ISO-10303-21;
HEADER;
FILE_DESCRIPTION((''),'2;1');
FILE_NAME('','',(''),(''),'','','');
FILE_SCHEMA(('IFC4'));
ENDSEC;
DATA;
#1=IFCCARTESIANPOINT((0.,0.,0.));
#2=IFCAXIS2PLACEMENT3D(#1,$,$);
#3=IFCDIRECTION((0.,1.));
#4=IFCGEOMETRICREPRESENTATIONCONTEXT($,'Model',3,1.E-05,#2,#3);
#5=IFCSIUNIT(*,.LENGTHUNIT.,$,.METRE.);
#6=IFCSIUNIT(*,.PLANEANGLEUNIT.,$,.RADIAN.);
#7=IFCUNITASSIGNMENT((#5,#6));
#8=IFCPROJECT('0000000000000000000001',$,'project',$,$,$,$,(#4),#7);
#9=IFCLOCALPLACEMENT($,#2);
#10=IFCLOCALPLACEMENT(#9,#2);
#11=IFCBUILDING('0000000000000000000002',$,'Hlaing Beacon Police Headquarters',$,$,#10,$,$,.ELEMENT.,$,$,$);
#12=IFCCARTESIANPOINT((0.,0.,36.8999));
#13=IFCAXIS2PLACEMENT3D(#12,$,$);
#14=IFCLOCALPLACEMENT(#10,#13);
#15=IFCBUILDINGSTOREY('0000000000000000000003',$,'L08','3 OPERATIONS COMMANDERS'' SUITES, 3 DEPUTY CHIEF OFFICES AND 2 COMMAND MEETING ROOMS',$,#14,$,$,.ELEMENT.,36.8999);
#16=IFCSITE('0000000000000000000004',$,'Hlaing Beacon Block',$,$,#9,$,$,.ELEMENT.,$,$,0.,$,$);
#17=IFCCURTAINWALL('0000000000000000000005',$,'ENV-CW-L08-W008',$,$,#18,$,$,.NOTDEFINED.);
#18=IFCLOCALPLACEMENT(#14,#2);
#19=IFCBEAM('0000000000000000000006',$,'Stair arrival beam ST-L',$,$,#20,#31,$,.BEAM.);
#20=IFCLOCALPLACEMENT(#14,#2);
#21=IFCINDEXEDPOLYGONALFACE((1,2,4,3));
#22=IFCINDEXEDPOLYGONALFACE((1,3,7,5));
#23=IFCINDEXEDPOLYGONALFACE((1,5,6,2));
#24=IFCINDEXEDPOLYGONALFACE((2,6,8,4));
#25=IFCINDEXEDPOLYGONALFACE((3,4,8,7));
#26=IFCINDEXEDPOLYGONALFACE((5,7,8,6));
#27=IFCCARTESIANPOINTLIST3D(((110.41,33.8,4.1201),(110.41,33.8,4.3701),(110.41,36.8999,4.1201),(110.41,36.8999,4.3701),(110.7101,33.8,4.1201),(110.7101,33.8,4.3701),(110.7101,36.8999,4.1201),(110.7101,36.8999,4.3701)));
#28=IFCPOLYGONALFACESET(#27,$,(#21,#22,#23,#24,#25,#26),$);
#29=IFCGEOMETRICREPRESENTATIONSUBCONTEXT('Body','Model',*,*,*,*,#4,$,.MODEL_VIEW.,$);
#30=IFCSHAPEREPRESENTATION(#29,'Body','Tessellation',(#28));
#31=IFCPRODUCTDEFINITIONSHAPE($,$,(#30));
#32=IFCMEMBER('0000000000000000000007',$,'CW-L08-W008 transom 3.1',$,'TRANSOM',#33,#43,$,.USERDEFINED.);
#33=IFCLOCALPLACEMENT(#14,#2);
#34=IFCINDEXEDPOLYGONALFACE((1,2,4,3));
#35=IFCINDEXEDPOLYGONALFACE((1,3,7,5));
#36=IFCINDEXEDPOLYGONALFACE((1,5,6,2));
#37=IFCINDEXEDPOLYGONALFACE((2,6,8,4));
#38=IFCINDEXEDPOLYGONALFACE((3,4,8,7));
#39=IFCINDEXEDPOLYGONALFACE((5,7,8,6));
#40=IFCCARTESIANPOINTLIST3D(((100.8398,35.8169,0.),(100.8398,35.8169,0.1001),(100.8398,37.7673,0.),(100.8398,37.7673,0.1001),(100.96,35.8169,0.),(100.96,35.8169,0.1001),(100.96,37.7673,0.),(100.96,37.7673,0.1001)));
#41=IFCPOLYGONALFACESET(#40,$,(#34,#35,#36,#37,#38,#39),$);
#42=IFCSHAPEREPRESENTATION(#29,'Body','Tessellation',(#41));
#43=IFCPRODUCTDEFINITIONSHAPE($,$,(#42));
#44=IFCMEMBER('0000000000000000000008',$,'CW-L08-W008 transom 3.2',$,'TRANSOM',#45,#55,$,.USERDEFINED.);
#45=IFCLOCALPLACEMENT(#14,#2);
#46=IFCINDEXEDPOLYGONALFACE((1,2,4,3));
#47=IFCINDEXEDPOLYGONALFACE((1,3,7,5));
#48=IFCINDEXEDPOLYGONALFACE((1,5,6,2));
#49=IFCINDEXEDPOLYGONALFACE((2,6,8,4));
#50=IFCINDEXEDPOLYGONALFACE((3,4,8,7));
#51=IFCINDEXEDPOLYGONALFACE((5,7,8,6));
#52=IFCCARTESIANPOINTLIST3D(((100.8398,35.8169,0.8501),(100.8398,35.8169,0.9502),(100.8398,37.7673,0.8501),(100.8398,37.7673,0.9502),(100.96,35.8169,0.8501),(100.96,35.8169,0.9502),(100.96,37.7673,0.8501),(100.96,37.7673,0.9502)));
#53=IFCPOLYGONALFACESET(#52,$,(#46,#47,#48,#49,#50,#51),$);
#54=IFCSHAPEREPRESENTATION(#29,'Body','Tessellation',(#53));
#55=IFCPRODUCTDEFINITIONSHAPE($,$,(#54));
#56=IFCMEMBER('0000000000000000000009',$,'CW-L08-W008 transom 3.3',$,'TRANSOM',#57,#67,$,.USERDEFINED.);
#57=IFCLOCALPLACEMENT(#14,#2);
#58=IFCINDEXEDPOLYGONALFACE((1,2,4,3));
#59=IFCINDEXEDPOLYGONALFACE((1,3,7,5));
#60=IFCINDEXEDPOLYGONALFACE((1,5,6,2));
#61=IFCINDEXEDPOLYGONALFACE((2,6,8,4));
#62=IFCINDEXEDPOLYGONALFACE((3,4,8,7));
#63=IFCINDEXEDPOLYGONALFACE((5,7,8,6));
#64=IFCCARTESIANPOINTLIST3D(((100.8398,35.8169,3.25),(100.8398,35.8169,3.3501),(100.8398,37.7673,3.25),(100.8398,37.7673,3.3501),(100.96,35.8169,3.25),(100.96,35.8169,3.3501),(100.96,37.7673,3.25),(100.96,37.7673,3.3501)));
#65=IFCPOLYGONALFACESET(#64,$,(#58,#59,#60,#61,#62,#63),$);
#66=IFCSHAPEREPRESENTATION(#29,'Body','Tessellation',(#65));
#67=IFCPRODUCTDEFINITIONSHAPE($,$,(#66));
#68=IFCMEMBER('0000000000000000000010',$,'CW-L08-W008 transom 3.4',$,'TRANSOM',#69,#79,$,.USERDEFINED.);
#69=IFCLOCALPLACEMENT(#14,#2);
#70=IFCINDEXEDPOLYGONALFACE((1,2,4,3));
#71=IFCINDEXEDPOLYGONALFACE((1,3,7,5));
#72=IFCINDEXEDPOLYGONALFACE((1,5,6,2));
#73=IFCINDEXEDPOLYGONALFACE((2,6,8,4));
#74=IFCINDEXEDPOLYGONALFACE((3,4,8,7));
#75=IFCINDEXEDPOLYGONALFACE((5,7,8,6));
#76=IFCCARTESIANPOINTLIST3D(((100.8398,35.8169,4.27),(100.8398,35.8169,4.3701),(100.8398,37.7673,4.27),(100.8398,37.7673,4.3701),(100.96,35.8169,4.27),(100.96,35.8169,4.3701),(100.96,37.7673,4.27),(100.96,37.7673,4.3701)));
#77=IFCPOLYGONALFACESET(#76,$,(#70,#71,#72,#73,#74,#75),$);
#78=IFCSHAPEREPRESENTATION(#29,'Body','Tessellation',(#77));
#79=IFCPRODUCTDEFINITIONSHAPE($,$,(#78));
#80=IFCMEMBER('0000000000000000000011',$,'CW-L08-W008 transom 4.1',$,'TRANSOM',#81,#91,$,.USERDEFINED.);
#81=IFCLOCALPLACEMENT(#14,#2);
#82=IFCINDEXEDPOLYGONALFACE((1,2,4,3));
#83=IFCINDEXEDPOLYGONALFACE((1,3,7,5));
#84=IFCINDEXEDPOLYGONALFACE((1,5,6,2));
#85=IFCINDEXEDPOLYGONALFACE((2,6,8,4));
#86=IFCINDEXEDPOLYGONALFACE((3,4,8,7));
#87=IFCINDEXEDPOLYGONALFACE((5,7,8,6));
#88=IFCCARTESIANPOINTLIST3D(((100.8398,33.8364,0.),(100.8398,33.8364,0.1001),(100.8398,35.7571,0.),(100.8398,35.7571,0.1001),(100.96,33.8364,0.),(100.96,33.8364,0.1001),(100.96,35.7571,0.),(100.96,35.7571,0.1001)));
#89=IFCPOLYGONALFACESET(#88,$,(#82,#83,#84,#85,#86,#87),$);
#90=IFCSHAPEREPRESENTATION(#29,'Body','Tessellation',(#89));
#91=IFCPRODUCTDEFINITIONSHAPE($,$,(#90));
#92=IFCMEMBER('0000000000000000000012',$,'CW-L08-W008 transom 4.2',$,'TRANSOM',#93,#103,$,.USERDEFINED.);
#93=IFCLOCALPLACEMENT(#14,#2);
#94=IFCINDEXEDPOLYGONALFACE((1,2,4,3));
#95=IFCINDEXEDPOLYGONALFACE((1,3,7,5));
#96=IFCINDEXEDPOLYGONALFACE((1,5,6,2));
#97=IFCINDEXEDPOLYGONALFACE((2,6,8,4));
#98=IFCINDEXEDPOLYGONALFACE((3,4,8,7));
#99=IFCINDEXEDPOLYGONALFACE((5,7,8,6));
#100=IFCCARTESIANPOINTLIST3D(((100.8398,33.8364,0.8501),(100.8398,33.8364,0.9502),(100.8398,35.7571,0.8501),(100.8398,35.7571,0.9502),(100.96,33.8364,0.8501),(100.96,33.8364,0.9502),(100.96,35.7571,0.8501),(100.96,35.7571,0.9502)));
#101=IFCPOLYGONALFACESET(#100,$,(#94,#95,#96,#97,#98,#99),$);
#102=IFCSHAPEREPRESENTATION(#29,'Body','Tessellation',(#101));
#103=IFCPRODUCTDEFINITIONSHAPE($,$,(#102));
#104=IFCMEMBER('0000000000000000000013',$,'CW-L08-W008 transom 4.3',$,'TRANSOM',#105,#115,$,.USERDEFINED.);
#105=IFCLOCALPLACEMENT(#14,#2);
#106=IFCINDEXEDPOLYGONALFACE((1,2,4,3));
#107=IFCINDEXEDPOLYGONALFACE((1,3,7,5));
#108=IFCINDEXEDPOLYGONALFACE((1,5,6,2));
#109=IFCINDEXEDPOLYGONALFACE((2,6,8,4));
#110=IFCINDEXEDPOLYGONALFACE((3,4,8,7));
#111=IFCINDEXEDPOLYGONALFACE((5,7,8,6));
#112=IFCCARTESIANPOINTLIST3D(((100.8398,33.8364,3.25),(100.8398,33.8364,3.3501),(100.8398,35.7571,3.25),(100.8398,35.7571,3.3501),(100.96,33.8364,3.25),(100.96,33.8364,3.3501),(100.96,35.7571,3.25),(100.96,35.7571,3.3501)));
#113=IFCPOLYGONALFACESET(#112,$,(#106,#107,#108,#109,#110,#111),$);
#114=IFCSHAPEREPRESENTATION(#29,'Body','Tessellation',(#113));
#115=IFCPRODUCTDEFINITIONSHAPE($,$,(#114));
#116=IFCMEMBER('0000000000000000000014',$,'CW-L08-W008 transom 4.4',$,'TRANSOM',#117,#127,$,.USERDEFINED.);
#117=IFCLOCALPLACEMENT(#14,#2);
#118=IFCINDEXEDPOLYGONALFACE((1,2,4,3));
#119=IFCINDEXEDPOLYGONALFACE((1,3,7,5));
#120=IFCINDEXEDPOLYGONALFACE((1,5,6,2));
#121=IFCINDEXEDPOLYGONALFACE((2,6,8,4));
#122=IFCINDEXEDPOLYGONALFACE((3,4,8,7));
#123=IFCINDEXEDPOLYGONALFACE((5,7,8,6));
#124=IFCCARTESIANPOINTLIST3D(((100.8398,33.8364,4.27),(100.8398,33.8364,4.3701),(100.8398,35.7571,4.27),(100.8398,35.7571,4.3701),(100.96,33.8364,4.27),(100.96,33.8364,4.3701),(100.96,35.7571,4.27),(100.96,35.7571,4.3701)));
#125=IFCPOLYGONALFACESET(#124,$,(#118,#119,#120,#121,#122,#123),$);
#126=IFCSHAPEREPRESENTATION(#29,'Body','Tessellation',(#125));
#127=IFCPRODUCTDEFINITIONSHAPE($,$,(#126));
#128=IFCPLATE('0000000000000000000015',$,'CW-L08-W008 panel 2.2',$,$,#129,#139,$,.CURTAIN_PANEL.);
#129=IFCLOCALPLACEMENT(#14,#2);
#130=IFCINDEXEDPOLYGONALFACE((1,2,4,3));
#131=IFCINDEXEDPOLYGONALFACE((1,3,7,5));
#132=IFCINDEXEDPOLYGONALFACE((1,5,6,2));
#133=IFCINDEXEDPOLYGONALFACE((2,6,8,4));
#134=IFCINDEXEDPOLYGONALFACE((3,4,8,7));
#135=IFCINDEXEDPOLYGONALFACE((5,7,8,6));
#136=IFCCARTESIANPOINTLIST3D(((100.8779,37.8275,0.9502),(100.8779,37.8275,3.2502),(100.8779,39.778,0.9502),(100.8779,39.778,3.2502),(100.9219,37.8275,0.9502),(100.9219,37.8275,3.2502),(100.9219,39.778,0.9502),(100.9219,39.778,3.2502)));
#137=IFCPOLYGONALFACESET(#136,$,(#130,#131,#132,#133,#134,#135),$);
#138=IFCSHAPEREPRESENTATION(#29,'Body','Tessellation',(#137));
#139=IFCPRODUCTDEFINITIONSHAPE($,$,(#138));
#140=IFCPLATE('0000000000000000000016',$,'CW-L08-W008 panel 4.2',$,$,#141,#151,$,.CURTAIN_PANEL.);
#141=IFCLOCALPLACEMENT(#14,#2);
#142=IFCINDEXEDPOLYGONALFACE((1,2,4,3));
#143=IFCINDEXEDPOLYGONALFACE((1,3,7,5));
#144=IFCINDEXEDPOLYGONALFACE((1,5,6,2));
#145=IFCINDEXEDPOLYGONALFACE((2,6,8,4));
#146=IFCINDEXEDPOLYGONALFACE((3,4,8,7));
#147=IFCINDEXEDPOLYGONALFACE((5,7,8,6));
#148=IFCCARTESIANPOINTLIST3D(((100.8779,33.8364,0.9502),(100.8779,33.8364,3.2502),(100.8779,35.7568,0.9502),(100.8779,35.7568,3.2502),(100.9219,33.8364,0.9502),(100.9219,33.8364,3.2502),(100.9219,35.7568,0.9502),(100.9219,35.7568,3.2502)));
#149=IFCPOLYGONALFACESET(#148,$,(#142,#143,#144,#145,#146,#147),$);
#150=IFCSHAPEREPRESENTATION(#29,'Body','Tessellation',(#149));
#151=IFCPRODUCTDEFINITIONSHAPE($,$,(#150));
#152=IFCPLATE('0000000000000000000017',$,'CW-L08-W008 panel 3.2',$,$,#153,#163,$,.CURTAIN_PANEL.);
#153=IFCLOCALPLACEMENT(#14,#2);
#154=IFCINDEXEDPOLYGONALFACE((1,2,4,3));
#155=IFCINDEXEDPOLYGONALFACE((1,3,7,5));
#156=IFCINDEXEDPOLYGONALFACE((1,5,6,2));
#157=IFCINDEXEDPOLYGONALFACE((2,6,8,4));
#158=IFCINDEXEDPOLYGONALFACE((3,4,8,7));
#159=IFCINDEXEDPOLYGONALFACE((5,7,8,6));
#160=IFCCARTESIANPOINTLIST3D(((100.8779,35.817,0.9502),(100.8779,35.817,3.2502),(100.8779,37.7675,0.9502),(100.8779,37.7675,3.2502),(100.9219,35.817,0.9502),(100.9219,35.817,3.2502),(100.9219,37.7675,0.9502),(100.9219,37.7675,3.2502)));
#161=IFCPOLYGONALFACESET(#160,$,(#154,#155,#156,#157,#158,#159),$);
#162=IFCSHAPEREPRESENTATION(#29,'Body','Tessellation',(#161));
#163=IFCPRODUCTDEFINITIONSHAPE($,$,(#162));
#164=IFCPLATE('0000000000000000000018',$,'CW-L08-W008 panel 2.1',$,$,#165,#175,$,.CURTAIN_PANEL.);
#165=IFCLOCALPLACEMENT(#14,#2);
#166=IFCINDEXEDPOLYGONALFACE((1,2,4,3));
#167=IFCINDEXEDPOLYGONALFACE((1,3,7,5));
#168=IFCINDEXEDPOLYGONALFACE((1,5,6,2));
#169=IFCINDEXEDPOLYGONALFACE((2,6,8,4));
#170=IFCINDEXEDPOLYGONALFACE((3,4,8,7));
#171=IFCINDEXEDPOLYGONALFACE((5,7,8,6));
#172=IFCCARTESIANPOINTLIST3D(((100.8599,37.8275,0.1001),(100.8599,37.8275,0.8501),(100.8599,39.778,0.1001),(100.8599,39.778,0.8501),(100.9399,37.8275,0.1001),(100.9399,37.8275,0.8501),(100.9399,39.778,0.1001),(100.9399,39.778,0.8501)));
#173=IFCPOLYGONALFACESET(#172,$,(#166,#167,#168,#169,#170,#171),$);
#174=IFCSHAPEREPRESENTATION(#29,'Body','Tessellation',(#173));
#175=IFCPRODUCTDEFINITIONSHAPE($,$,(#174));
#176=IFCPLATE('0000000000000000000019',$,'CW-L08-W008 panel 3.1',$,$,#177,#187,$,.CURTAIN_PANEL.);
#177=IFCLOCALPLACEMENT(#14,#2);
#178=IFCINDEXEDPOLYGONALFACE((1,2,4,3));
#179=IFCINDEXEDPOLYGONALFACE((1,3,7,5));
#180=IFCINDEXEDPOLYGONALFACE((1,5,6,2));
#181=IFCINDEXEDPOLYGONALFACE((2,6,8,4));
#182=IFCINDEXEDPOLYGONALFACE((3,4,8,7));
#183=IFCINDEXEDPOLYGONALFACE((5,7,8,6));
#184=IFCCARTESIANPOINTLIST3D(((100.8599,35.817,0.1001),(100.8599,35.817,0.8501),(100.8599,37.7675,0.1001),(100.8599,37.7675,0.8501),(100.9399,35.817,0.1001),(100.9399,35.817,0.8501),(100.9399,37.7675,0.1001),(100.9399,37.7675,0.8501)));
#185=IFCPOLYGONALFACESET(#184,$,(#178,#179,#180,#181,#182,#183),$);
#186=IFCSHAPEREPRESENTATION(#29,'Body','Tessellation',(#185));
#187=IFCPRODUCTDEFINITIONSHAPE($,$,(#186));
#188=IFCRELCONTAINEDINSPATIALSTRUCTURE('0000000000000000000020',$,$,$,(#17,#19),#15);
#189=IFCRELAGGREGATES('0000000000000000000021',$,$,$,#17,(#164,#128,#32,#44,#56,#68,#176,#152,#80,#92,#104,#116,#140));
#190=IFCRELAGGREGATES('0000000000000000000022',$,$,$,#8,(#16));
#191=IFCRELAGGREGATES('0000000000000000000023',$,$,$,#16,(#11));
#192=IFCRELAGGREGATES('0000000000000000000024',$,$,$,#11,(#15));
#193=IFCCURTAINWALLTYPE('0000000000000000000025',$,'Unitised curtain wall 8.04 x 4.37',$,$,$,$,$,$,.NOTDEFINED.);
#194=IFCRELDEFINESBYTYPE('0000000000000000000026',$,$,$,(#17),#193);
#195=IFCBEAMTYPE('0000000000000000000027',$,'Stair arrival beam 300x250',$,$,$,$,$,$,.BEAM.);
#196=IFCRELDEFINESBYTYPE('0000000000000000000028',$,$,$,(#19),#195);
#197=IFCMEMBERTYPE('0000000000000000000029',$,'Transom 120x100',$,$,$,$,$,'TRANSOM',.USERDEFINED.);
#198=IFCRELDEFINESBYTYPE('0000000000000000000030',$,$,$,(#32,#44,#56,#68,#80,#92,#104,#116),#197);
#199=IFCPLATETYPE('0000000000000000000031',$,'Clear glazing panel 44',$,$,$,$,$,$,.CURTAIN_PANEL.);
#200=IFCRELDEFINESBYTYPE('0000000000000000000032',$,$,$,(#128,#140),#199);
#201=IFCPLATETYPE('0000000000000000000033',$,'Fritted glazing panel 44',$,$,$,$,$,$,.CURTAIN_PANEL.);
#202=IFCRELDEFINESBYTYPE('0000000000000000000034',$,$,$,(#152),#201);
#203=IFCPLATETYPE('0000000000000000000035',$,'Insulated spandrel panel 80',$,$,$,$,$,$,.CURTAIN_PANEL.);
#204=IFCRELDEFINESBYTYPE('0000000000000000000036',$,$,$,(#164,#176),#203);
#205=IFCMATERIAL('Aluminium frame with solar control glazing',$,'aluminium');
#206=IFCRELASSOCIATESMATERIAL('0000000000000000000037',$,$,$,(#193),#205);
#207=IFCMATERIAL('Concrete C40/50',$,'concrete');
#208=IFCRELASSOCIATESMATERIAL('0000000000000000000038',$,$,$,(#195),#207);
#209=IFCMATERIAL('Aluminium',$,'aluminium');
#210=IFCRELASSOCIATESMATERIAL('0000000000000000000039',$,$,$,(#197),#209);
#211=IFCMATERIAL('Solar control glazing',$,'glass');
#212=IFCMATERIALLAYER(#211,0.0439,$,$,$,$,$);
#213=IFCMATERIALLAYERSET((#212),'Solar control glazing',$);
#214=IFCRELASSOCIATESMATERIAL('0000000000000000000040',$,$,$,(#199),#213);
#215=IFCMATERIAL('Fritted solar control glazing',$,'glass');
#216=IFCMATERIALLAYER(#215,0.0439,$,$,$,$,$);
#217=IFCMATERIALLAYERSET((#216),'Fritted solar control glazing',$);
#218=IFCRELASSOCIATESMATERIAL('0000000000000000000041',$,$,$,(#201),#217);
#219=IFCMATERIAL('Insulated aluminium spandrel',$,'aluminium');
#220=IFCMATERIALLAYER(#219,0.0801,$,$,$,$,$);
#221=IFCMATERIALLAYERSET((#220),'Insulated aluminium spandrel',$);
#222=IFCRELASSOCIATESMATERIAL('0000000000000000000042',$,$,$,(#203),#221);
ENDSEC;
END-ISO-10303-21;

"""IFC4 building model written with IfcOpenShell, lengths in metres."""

from ifc_helpers import new_model, si_unit, direction, frame, origin, origin_2d, place, context, subcontext, project, spatial, rectangle, extrude, material, layer, layer_set, material_profile, profile_set, type_object, element, aggregate, save


model = new_model("IFC4")

# Units and contexts
model_context = context("Model", 3, precision=1e-05, world=origin(), true_north=direction((0.0, 1.0)))
body_context = subcontext(model_context, "Body", "Model", "MODEL_VIEW")
ifc_project = project(units=[si_unit("LENGTHUNIT", "METRE"), si_unit("PLANEANGLEUNIT", "RADIAN")], contexts=[model_context])

# Site, building, storey
site_placement = place(None, origin())
site = spatial("IfcSite", under=ifc_project, at=site_placement, Name="Hlaing Beacon Block", CompositionType="ELEMENT", RefElevation=0.0)
building_placement = place(site_placement, origin())
building = spatial("IfcBuilding", under=site, at=building_placement, Name="Hlaing Beacon Police Headquarters", CompositionType="ELEMENT")
storey_placement = place(building_placement, frame((0.0, 0.0, 36.8999)))
storey = spatial("IfcBuildingStorey", under=building, at=storey_placement, Name="L08", Description="3 OPERATIONS COMMANDERS' SUITES, 3 DEPUTY CHIEF OFFICES AND 2 COMMAND MEETING ROOMS", CompositionType="ELEMENT", Elevation=36.8999)

# Curtain wall
ifc_material_1 = material(Name="Aluminium frame with solar control glazing", Category="aluminium")
curtain_wall_type = type_object("IfcCurtainWallType", Name="Unitised curtain wall 8.04 x 4.37", PredefinedType="NOTDEFINED", material=ifc_material_1)
curtain_wall_placement = place(storey_placement, origin())
curtain_wall = element("IfcCurtainWall", 1, at=curtain_wall_placement, inside=storey, type_object=curtain_wall_type, Name="ENV-CW-L08-W008", PredefinedType="NOTDEFINED")

# Beam
ifc_material_2 = material(Name="Concrete C40/50", Category="concrete")
ifc_material_profile_1 = material_profile(ifc_material_2, rectangle(XDim=0.3, YDim=0.25, at=origin_2d()), Name="Stair arrival beam 300x250")
ifc_profile_set_1 = profile_set([ifc_material_profile_1], Name="Concrete C40/50")
beam_type_1 = type_object("IfcBeamType", Name="Stair arrival beam 300x250", PredefinedType="BEAM", material=ifc_profile_set_1)
beam_1_placement = place(storey_placement, frame((110.5601, 33.8, 4.2451), z_axis=(0.0, 1.0, 0.0), x_axis=(-1.0, 0.0, 0.0)))
element("IfcBeam", 2, at=beam_1_placement, inside=storey, type_object=beam_type_1, Name="Stair arrival beam ST-L", PredefinedType="BEAM", context=body_context, shape_type="SweptSolid", body=[
    extrude(rectangle(XDim=0.3, YDim=0.25, at=origin_2d()), origin(), (0.0, 0.0, 1.0), 3.0999),
])

# Members
ifc_material_3 = material(Name="Aluminium", Category="aluminium")
ifc_material_profile_2 = material_profile(ifc_material_3, rectangle(XDim=0.1201, YDim=0.1001, at=origin_2d()), Name="Transom 120x100")
ifc_profile_set_2 = profile_set([ifc_material_profile_2], Name="Aluminium")
member_type_1 = type_object("IfcMemberType", Name="Transom 120x100", ElementType="TRANSOM", PredefinedType="USERDEFINED", material=ifc_profile_set_2)
member_1_placement = place(storey_placement, frame((100.8999, 37.7673, 0.05), z_axis=(0.0, -1.0, 0.0), x_axis=(1.0, 0.0, 0.0)))
member_1 = element("IfcMember", 3, at=member_1_placement, type_object=member_type_1, Name="CW-L08-W008 transom 3.1", ObjectType="TRANSOM", PredefinedType="USERDEFINED", context=body_context, shape_type="SweptSolid", body=[
    extrude(rectangle(XDim=0.1201, YDim=0.1001, at=origin_2d()), origin(), (0.0, 0.0, 1.0), 1.9504),
])
member_2_placement = place(storey_placement, frame((100.8999, 37.7673, 0.9001), z_axis=(0.0, -1.0, 0.0), x_axis=(1.0, 0.0, 0.0)))
member_2 = element("IfcMember", 4, at=member_2_placement, type_object=member_type_1, Name="CW-L08-W008 transom 3.2", ObjectType="TRANSOM", PredefinedType="USERDEFINED", context=body_context, shape_type="SweptSolid", body=[
    extrude(rectangle(XDim=0.1201, YDim=0.1001, at=origin_2d()), origin(), (0.0, 0.0, 1.0), 1.9504),
])
member_3_placement = place(storey_placement, frame((100.8999, 37.7673, 3.3), z_axis=(0.0, -1.0, 0.0), x_axis=(1.0, 0.0, 0.0)))
member_3 = element("IfcMember", 5, at=member_3_placement, type_object=member_type_1, Name="CW-L08-W008 transom 3.3", ObjectType="TRANSOM", PredefinedType="USERDEFINED", context=body_context, shape_type="SweptSolid", body=[
    extrude(rectangle(XDim=0.1201, YDim=0.1001, at=origin_2d()), origin(), (0.0, 0.0, 1.0), 1.9504),
])
member_4_placement = place(storey_placement, frame((100.8999, 37.7673, 4.3201), z_axis=(0.0, -1.0, 0.0), x_axis=(1.0, 0.0, 0.0)))
member_4 = element("IfcMember", 6, at=member_4_placement, type_object=member_type_1, Name="CW-L08-W008 transom 3.4", ObjectType="TRANSOM", PredefinedType="USERDEFINED", context=body_context, shape_type="SweptSolid", body=[
    extrude(rectangle(XDim=0.1201, YDim=0.1001, at=origin_2d()), origin(), (0.0, 0.0, 1.0), 1.9504),
])
member_5_placement = place(storey_placement, frame((100.8999, 35.7571, 0.05), z_axis=(0.0, -1.0, 0.0), x_axis=(1.0, 0.0, 0.0)))
member_5 = element("IfcMember", 7, at=member_5_placement, type_object=member_type_1, Name="CW-L08-W008 transom 4.1", ObjectType="TRANSOM", PredefinedType="USERDEFINED", context=body_context, shape_type="SweptSolid", body=[
    extrude(rectangle(XDim=0.1201, YDim=0.1001, at=origin_2d()), origin(), (0.0, 0.0, 1.0), 1.9207),
])
member_6_placement = place(storey_placement, frame((100.8999, 35.7571, 0.9001), z_axis=(0.0, -1.0, 0.0), x_axis=(1.0, 0.0, 0.0)))
member_6 = element("IfcMember", 8, at=member_6_placement, type_object=member_type_1, Name="CW-L08-W008 transom 4.2", ObjectType="TRANSOM", PredefinedType="USERDEFINED", context=body_context, shape_type="SweptSolid", body=[
    extrude(rectangle(XDim=0.1201, YDim=0.1001, at=origin_2d()), origin(), (0.0, 0.0, 1.0), 1.9207),
])
member_7_placement = place(storey_placement, frame((100.8999, 35.7571, 3.3), z_axis=(0.0, -1.0, 0.0), x_axis=(1.0, 0.0, 0.0)))
member_7 = element("IfcMember", 9, at=member_7_placement, type_object=member_type_1, Name="CW-L08-W008 transom 4.3", ObjectType="TRANSOM", PredefinedType="USERDEFINED", context=body_context, shape_type="SweptSolid", body=[
    extrude(rectangle(XDim=0.1201, YDim=0.1001, at=origin_2d()), origin(), (0.0, 0.0, 1.0), 1.9207),
])
member_8_placement = place(storey_placement, frame((100.8999, 35.7571, 4.3201), z_axis=(0.0, -1.0, 0.0), x_axis=(1.0, 0.0, 0.0)))
member_8 = element("IfcMember", 10, at=member_8_placement, type_object=member_type_1, Name="CW-L08-W008 transom 4.4", ObjectType="TRANSOM", PredefinedType="USERDEFINED", context=body_context, shape_type="SweptSolid", body=[
    extrude(rectangle(XDim=0.1201, YDim=0.1001, at=origin_2d()), origin(), (0.0, 0.0, 1.0), 1.9207),
])

# Plates
ifc_material_4 = material(Name="Solar control glazing", Category="glass")
ifc_layer_1 = layer(ifc_material_4, 0.0439)
ifc_layer_set_1 = layer_set([ifc_layer_1], Name="Solar control glazing")
plate_type_1 = type_object("IfcPlateType", Name="Clear glazing panel 44", PredefinedType="CURTAIN_PANEL", material=ifc_layer_set_1)
plate_1_placement = place(storey_placement, frame((100.8999, 38.8027, 0.9502), z_axis=(0.0, 0.0, 1.0), x_axis=(0.0, -1.0, 0.0)))
plate_1 = element("IfcPlate", 11, at=plate_1_placement, type_object=plate_type_1, Name="CW-L08-W008 panel 2.2", PredefinedType="CURTAIN_PANEL", context=body_context, shape_type="SweptSolid", body=[
    extrude(rectangle(XDim=1.9504, YDim=0.0439, at=origin_2d()), origin(), (0.0, 0.0, 1.0), 2.3),
])
plate_2_placement = place(storey_placement, frame((100.8999, 34.7966, 0.9502), z_axis=(0.0, 0.0, 1.0), x_axis=(0.0, -1.0, 0.0)))
plate_2 = element("IfcPlate", 12, at=plate_2_placement, type_object=plate_type_1, Name="CW-L08-W008 panel 4.2", PredefinedType="CURTAIN_PANEL", context=body_context, shape_type="SweptSolid", body=[
    extrude(rectangle(XDim=1.9204, YDim=0.0439, at=origin_2d()), origin(), (0.0, 0.0, 1.0), 2.3),
])
ifc_material_5 = material(Name="Fritted solar control glazing", Category="glass")
ifc_layer_2 = layer(ifc_material_5, 0.0439)
ifc_layer_set_2 = layer_set([ifc_layer_2], Name="Fritted solar control glazing")
plate_type_2 = type_object("IfcPlateType", Name="Fritted glazing panel 44", PredefinedType="CURTAIN_PANEL", material=ifc_layer_set_2)
plate_3_placement = place(storey_placement, frame((100.8999, 36.7922, 0.9502), z_axis=(0.0, 0.0, 1.0), x_axis=(0.0, -1.0, 0.0)))
plate_3 = element("IfcPlate", 13, at=plate_3_placement, type_object=plate_type_2, Name="CW-L08-W008 panel 3.2", PredefinedType="CURTAIN_PANEL", context=body_context, shape_type="SweptSolid", body=[
    extrude(rectangle(XDim=1.9504, YDim=0.0439, at=origin_2d()), origin(), (0.0, 0.0, 1.0), 2.3),
])
ifc_material_6 = material(Name="Insulated aluminium spandrel", Category="aluminium")
ifc_layer_3 = layer(ifc_material_6, 0.0801)
ifc_layer_set_3 = layer_set([ifc_layer_3], Name="Insulated aluminium spandrel")
plate_type_3 = type_object("IfcPlateType", Name="Insulated spandrel panel 80", PredefinedType="CURTAIN_PANEL", material=ifc_layer_set_3)
plate_4_placement = place(storey_placement, frame((100.8999, 38.8027, 0.1001), z_axis=(0.0, 0.0, 1.0), x_axis=(0.0, -1.0, 0.0)))
plate_4 = element("IfcPlate", 14, at=plate_4_placement, type_object=plate_type_3, Name="CW-L08-W008 panel 2.1", PredefinedType="CURTAIN_PANEL", context=body_context, shape_type="SweptSolid", body=[
    extrude(rectangle(XDim=1.9504, YDim=0.0801, at=origin_2d()), origin(), (0.0, 0.0, 1.0), 0.75),
])
plate_5_placement = place(storey_placement, frame((100.8999, 36.7922, 0.1001), z_axis=(0.0, 0.0, 1.0), x_axis=(0.0, -1.0, 0.0)))
plate_5 = element("IfcPlate", 15, at=plate_5_placement, type_object=plate_type_3, Name="CW-L08-W008 panel 3.1", PredefinedType="CURTAIN_PANEL", context=body_context, shape_type="SweptSolid", body=[
    extrude(rectangle(XDim=1.9504, YDim=0.0801, at=origin_2d()), origin(), (0.0, 0.0, 1.0), 0.75),
])
aggregate(curtain_wall, [plate_4, plate_1, member_1, member_2, member_3, member_4, plate_5, plate_3, member_5, member_6, member_7, member_8, plate_2])

save(model, "model.ifc")
